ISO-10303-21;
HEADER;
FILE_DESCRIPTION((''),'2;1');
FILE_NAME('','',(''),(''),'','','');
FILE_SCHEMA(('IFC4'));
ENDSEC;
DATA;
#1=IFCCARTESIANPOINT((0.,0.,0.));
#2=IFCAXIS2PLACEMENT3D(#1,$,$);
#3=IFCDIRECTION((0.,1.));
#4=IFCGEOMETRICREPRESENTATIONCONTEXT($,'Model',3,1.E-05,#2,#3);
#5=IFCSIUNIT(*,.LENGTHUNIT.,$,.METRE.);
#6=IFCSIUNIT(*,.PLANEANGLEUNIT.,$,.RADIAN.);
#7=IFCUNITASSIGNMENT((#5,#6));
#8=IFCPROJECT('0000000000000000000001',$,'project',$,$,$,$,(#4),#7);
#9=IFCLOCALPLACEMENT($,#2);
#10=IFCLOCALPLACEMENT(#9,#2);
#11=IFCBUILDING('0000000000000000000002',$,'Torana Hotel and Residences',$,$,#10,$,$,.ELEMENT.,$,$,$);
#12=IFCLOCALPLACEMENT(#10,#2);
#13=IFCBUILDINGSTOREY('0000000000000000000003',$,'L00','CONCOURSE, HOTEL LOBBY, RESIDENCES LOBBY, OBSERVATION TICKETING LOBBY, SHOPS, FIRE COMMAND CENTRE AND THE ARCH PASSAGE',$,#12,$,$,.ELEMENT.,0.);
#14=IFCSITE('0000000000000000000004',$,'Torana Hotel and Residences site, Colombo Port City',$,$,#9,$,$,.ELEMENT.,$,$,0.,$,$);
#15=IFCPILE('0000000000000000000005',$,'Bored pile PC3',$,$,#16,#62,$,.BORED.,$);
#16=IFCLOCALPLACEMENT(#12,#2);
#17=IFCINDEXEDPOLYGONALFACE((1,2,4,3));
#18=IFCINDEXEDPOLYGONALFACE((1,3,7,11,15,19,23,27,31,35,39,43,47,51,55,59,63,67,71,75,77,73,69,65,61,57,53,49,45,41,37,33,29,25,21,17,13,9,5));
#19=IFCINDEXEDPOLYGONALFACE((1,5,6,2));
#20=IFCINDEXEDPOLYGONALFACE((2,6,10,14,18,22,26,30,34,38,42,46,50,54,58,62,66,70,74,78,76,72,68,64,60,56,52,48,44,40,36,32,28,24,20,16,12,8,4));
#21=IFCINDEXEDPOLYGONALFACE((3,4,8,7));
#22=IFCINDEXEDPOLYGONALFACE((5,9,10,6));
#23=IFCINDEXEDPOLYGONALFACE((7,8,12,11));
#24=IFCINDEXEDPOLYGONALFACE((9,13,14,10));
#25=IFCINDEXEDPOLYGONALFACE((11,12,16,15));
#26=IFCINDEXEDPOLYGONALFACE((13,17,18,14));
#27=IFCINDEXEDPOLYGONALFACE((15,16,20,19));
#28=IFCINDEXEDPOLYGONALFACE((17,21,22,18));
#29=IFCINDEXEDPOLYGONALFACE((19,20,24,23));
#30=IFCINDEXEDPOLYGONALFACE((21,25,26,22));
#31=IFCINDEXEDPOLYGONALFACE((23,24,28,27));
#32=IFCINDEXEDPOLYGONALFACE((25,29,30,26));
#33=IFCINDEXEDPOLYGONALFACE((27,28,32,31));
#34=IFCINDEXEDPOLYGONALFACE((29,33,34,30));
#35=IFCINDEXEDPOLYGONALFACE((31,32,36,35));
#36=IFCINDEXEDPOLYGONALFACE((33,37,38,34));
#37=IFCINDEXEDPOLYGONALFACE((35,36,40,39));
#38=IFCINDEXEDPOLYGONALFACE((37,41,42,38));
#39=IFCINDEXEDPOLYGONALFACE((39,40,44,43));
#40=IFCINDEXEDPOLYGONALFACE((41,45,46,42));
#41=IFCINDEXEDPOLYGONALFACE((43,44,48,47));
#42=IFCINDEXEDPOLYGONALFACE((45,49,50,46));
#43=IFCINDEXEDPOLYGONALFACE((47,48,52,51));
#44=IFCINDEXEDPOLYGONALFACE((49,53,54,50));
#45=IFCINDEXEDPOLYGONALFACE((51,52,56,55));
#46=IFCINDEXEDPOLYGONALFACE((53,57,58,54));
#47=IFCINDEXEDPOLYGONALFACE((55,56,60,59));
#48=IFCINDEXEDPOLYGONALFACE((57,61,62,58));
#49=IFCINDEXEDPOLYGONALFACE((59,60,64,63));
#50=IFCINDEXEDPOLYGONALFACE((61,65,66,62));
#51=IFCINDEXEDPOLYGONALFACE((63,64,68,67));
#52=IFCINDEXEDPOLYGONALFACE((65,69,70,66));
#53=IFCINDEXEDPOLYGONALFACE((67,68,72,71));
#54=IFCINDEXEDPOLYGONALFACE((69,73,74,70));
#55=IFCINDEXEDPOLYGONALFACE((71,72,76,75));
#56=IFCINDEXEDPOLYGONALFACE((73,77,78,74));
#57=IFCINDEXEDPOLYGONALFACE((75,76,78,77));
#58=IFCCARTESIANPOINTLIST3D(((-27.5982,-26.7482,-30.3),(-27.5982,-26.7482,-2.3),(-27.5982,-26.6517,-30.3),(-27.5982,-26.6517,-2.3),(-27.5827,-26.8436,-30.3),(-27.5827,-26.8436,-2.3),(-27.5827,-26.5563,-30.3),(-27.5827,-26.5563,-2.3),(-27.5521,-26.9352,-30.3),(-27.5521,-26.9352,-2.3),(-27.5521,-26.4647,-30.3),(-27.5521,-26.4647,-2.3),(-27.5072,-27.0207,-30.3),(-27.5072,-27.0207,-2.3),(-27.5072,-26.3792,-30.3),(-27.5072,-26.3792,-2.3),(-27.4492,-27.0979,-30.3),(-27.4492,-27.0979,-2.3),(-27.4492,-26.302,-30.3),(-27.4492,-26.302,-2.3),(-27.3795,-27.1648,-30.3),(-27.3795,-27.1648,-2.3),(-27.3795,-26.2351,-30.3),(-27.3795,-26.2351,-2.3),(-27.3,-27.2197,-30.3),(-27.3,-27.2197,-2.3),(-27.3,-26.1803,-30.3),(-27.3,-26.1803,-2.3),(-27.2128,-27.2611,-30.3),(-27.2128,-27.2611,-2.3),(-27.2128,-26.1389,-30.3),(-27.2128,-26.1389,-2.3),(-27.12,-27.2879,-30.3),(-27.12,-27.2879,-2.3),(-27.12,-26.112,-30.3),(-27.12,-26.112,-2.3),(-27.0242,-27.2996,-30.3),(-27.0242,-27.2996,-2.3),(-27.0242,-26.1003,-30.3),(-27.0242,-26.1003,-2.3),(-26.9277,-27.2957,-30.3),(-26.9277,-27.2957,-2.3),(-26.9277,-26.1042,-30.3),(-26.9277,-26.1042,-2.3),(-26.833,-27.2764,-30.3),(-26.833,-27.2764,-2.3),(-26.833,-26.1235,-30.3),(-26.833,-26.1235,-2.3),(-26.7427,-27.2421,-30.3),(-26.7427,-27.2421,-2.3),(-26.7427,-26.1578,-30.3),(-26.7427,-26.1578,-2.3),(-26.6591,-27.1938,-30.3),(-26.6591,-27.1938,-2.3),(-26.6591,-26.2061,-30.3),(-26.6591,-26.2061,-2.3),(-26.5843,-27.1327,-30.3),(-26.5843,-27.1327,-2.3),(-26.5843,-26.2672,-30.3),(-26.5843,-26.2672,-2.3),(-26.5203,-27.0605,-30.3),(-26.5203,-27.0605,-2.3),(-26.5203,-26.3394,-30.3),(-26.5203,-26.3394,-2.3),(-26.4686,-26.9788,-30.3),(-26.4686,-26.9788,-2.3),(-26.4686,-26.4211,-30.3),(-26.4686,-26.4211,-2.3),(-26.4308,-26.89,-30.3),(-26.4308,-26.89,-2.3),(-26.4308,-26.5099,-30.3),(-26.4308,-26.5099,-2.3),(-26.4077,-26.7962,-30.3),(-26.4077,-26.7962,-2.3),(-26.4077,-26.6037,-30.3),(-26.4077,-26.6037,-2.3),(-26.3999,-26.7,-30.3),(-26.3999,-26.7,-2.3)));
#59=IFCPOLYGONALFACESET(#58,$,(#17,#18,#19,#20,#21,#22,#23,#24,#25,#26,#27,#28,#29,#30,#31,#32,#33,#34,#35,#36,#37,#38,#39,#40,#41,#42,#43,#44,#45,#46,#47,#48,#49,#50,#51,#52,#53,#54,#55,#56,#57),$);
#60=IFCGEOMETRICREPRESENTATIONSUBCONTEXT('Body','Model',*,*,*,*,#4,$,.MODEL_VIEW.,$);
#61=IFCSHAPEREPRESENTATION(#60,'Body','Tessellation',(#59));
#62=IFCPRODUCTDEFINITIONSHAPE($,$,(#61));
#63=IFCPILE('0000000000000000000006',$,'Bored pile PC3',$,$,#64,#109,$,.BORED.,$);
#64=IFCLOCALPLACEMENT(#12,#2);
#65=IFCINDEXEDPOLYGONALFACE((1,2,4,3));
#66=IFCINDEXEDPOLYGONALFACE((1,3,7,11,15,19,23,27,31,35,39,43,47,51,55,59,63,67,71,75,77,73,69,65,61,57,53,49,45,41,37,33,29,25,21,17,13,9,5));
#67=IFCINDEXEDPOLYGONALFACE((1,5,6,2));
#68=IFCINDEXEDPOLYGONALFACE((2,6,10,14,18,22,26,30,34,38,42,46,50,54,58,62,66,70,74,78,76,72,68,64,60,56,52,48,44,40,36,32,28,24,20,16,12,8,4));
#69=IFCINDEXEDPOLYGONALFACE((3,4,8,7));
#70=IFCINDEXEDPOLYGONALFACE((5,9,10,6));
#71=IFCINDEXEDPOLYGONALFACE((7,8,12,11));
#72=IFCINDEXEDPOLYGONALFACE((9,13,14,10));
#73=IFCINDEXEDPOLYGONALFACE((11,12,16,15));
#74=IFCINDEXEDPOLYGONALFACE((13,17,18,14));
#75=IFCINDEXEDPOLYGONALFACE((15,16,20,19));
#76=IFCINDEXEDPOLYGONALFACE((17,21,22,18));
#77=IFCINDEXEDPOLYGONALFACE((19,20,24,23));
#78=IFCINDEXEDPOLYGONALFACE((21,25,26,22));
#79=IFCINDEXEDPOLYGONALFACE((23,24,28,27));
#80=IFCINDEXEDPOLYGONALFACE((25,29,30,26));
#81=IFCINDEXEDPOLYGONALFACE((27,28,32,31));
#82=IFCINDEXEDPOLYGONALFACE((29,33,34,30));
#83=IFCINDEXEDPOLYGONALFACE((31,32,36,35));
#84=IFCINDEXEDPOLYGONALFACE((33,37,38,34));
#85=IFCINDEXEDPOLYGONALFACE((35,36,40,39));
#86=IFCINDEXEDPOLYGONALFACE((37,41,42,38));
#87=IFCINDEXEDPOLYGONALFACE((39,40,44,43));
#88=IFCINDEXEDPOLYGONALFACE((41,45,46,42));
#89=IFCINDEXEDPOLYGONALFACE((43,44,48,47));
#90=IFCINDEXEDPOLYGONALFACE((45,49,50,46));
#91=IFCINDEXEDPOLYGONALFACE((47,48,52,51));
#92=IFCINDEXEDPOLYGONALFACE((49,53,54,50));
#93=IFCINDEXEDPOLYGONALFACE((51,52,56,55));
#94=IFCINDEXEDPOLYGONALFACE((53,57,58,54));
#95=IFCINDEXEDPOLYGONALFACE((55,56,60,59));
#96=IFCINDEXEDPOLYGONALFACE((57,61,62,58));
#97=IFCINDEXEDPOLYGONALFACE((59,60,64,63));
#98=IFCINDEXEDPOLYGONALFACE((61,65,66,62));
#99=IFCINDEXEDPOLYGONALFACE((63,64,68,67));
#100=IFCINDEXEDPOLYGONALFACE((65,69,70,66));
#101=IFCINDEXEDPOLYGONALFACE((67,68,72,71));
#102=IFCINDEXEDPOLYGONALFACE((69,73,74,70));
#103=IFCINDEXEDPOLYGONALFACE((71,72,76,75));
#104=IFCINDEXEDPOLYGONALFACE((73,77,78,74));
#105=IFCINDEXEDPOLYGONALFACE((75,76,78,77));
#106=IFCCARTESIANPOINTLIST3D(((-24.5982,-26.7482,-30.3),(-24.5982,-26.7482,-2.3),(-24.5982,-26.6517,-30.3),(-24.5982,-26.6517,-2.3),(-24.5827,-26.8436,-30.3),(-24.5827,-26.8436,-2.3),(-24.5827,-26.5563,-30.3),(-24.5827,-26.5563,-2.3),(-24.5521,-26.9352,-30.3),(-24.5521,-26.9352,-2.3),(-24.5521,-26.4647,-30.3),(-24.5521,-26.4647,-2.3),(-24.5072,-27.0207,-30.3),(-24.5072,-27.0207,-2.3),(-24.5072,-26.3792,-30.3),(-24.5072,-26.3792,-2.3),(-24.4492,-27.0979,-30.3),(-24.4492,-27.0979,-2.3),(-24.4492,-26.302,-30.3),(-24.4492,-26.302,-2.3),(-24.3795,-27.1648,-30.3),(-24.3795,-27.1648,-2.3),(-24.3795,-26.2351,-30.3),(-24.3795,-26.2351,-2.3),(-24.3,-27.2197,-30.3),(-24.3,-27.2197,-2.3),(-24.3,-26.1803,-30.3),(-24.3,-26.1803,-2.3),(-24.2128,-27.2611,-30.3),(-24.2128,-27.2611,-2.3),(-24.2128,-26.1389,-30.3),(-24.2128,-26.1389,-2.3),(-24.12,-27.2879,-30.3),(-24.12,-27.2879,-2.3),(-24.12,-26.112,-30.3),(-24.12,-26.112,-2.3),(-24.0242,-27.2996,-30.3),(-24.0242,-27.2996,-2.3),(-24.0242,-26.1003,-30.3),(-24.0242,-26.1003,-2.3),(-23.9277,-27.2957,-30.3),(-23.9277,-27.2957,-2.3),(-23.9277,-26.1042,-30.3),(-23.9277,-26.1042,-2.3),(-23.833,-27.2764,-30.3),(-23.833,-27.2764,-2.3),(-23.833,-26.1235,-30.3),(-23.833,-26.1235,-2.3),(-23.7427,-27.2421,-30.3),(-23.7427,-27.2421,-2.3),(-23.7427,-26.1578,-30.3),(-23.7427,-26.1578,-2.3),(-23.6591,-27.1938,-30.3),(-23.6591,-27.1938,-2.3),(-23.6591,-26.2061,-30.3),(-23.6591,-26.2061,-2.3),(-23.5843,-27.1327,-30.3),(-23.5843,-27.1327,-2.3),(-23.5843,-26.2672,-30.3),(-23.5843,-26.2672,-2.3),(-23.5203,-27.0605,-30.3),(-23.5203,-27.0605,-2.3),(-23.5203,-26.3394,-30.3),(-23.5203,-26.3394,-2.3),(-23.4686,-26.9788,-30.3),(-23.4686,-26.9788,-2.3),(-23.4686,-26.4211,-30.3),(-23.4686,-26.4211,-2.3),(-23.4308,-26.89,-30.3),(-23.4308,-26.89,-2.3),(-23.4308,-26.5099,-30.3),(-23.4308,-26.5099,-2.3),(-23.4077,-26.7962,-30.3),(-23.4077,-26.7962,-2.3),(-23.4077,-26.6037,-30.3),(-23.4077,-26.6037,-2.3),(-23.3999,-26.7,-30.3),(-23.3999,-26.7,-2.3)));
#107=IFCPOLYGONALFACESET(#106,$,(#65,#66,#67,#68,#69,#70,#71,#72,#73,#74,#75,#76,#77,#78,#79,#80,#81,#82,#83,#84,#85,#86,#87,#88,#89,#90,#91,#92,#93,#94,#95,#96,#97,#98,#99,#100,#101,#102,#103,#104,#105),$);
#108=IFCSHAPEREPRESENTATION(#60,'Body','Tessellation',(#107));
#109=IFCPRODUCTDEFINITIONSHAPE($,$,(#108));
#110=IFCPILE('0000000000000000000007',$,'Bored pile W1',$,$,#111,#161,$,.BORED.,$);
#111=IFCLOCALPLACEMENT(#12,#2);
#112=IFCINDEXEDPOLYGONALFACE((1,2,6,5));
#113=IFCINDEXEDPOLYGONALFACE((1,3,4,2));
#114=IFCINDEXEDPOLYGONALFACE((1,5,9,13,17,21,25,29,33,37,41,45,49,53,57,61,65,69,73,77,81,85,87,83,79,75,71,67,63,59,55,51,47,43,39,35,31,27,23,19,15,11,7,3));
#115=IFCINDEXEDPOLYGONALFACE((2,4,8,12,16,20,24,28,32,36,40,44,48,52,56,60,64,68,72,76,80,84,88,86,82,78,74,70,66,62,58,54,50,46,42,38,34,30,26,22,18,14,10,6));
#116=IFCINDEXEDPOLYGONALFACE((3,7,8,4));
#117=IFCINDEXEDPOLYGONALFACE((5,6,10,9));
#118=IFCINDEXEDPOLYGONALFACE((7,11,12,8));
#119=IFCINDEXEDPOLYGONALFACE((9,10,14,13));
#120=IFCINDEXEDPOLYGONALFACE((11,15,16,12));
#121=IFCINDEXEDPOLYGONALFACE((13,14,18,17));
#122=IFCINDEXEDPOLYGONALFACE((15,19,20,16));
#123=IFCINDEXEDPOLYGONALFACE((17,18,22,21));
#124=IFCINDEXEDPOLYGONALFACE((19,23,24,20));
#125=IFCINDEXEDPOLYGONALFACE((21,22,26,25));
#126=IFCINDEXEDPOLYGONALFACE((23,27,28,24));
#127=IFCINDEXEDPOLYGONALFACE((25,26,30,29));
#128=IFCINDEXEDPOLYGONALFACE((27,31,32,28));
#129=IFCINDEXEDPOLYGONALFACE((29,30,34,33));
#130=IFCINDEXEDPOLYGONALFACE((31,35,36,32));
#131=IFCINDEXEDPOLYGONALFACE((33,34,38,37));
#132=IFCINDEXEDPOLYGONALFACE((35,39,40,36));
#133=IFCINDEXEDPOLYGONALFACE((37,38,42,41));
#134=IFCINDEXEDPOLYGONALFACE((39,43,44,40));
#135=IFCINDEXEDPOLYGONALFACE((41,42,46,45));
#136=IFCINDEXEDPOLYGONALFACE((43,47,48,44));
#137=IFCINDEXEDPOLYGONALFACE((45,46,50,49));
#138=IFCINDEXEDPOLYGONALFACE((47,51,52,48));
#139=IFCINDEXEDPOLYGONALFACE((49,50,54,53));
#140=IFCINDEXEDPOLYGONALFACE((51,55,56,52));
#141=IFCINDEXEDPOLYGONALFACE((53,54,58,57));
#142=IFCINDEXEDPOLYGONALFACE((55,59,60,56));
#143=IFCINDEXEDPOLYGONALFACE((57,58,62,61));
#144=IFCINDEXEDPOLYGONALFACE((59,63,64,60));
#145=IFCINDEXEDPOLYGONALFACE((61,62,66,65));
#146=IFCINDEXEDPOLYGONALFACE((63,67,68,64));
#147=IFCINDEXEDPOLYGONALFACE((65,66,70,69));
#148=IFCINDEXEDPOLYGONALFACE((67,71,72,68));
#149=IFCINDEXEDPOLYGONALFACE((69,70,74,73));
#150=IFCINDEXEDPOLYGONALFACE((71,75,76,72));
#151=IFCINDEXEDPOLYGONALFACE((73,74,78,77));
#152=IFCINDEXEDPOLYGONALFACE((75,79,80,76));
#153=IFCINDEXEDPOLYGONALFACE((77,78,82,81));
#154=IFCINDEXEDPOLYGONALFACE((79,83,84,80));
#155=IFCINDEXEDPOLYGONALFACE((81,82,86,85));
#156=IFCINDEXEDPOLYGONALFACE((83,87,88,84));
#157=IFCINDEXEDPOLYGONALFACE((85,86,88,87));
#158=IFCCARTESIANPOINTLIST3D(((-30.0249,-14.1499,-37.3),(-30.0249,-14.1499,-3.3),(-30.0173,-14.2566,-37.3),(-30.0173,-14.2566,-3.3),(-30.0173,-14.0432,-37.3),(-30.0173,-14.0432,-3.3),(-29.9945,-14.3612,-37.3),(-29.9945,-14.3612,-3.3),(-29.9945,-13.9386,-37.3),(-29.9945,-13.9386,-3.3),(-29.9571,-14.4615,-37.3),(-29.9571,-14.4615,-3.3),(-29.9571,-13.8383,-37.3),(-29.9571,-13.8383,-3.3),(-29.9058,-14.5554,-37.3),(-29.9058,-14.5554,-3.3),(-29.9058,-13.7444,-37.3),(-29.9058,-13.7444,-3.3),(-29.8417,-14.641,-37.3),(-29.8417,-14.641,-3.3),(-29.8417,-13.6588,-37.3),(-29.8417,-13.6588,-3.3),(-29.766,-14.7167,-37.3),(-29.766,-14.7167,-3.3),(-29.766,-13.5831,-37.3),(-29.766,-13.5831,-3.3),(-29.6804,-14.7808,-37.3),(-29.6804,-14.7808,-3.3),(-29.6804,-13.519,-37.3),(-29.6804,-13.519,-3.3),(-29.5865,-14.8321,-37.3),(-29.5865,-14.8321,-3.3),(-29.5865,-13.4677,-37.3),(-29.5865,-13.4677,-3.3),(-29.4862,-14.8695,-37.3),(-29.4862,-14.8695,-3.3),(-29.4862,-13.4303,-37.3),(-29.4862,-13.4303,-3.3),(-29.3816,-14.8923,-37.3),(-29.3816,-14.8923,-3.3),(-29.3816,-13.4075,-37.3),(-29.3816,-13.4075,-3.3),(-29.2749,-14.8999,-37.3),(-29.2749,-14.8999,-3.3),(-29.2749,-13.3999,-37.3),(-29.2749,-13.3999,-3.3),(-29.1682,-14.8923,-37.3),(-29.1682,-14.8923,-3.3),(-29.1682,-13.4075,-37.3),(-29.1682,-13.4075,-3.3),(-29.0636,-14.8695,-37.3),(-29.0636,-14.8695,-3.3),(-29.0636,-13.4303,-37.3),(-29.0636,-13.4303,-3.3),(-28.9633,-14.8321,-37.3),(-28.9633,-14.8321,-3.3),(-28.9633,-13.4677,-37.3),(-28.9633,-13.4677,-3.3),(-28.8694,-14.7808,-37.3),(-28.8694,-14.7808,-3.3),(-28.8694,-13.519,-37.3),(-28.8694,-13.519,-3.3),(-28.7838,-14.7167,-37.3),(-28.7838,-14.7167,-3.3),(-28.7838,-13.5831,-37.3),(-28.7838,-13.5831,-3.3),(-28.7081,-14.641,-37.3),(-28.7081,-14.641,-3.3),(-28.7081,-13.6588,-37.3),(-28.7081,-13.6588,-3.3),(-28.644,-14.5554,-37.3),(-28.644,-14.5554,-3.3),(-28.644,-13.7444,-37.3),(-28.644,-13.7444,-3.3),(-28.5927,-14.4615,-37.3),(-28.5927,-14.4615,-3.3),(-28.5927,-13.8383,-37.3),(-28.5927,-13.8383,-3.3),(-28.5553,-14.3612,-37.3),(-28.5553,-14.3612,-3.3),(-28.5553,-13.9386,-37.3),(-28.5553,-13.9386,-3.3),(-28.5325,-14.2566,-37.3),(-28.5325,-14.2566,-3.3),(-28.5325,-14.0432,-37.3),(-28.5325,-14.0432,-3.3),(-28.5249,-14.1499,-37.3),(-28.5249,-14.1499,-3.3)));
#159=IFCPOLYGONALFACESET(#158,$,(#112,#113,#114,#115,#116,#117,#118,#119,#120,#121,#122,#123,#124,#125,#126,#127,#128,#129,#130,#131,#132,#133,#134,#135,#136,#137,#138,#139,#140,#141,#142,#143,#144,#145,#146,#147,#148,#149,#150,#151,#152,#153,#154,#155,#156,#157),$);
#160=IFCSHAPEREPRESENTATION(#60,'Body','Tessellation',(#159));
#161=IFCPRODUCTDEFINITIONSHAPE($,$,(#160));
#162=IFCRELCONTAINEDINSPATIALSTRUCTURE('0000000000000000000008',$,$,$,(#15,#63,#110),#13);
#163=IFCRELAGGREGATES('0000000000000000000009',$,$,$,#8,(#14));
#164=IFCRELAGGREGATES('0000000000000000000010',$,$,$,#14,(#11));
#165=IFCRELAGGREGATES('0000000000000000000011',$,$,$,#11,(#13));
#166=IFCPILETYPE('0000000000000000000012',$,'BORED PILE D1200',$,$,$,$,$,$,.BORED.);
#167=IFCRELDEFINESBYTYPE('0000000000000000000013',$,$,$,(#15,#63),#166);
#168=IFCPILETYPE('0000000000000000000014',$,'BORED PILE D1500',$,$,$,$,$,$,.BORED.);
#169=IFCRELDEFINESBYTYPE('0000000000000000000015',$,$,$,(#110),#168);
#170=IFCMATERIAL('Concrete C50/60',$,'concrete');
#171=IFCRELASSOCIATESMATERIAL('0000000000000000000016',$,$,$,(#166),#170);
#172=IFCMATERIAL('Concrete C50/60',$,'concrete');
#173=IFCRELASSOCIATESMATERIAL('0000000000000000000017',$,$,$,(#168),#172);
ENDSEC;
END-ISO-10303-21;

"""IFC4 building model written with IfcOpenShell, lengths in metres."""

from ifc_helpers import new_model, si_unit, direction, frame, origin, origin_2d, place, context, subcontext, project, spatial, circle, extrude, material, type_object, element, save


model = new_model("IFC4")

# Units and contexts
model_context = context("Model", 3, precision=1e-05, world=origin(), true_north=direction((0.0, 1.0)))
body_context = subcontext(model_context, "Body", "Model", "MODEL_VIEW")
ifc_project = project(units=[si_unit("LENGTHUNIT", "METRE"), si_unit("PLANEANGLEUNIT", "RADIAN")], contexts=[model_context])

# Site, building, storey
site_placement = place(None, origin())
site = spatial("IfcSite", under=ifc_project, at=site_placement, Name="Torana Hotel and Residences site, Colombo Port City", CompositionType="ELEMENT", RefElevation=0.0)
building_placement = place(site_placement, origin())
building = spatial("IfcBuilding", under=site, at=building_placement, Name="Torana Hotel and Residences", CompositionType="ELEMENT")
storey_placement = place(building_placement, origin())
storey = spatial("IfcBuildingStorey", under=building, at=storey_placement, Name="L00", Description="CONCOURSE, HOTEL LOBBY, RESIDENCES LOBBY, OBSERVATION TICKETING LOBBY, SHOPS, FIRE COMMAND CENTRE AND THE ARCH PASSAGE", CompositionType="ELEMENT", Elevation=0.0)

# Piles
ifc_material_1 = material(Name="Concrete C50/60", Category="concrete")
pile_type_1 = type_object("IfcPileType", Name="BORED PILE D1200", PredefinedType="BORED", material=ifc_material_1)
for number, where, z_axis, x_axis, name in (
    (1, (-27.0, -26.7, -2.3), (0.0, 0.0, -1.0), (1.0, 0.0, 0.0), "Bored pile PC3"),
    (2, (-24.0, -26.7, -2.3), (0.0, 0.0, -1.0), (1.0, 0.0, 0.0), "Bored pile PC3"),
):
    element("IfcPile", number, at=place(storey_placement, frame(where, z_axis=z_axis, x_axis=x_axis)), inside=storey, type_object=pile_type_1, Name=name, PredefinedType="BORED", context=body_context, shape_type="SweptSolid", body=[
        extrude(circle(Radius=0.6001, at=origin_2d()), origin(), (0.0, 0.0, 1.0), 28.0),
    ])
ifc_material_2 = material(Name="Concrete C50/60", Category="concrete")
pile_type_2 = type_object("IfcPileType", Name="BORED PILE D1500", PredefinedType="BORED", material=ifc_material_2)
for number, where, z_axis, x_axis, name in (
    (3, (-29.2749, -14.1499, -3.3), (0.0, 0.0, -1.0), (1.0, 0.0, 0.0), "Bored pile W1"),
):
    element("IfcPile", number, at=place(storey_placement, frame(where, z_axis=z_axis, x_axis=x_axis)), inside=storey, type_object=pile_type_2, Name=name, PredefinedType="BORED", context=body_context, shape_type="SweptSolid", body=[
        extrude(circle(Radius=0.75, at=origin_2d()), origin(), (0.0, 0.0, 1.0), 34.0),
    ])

save(model, "model.ifc")
